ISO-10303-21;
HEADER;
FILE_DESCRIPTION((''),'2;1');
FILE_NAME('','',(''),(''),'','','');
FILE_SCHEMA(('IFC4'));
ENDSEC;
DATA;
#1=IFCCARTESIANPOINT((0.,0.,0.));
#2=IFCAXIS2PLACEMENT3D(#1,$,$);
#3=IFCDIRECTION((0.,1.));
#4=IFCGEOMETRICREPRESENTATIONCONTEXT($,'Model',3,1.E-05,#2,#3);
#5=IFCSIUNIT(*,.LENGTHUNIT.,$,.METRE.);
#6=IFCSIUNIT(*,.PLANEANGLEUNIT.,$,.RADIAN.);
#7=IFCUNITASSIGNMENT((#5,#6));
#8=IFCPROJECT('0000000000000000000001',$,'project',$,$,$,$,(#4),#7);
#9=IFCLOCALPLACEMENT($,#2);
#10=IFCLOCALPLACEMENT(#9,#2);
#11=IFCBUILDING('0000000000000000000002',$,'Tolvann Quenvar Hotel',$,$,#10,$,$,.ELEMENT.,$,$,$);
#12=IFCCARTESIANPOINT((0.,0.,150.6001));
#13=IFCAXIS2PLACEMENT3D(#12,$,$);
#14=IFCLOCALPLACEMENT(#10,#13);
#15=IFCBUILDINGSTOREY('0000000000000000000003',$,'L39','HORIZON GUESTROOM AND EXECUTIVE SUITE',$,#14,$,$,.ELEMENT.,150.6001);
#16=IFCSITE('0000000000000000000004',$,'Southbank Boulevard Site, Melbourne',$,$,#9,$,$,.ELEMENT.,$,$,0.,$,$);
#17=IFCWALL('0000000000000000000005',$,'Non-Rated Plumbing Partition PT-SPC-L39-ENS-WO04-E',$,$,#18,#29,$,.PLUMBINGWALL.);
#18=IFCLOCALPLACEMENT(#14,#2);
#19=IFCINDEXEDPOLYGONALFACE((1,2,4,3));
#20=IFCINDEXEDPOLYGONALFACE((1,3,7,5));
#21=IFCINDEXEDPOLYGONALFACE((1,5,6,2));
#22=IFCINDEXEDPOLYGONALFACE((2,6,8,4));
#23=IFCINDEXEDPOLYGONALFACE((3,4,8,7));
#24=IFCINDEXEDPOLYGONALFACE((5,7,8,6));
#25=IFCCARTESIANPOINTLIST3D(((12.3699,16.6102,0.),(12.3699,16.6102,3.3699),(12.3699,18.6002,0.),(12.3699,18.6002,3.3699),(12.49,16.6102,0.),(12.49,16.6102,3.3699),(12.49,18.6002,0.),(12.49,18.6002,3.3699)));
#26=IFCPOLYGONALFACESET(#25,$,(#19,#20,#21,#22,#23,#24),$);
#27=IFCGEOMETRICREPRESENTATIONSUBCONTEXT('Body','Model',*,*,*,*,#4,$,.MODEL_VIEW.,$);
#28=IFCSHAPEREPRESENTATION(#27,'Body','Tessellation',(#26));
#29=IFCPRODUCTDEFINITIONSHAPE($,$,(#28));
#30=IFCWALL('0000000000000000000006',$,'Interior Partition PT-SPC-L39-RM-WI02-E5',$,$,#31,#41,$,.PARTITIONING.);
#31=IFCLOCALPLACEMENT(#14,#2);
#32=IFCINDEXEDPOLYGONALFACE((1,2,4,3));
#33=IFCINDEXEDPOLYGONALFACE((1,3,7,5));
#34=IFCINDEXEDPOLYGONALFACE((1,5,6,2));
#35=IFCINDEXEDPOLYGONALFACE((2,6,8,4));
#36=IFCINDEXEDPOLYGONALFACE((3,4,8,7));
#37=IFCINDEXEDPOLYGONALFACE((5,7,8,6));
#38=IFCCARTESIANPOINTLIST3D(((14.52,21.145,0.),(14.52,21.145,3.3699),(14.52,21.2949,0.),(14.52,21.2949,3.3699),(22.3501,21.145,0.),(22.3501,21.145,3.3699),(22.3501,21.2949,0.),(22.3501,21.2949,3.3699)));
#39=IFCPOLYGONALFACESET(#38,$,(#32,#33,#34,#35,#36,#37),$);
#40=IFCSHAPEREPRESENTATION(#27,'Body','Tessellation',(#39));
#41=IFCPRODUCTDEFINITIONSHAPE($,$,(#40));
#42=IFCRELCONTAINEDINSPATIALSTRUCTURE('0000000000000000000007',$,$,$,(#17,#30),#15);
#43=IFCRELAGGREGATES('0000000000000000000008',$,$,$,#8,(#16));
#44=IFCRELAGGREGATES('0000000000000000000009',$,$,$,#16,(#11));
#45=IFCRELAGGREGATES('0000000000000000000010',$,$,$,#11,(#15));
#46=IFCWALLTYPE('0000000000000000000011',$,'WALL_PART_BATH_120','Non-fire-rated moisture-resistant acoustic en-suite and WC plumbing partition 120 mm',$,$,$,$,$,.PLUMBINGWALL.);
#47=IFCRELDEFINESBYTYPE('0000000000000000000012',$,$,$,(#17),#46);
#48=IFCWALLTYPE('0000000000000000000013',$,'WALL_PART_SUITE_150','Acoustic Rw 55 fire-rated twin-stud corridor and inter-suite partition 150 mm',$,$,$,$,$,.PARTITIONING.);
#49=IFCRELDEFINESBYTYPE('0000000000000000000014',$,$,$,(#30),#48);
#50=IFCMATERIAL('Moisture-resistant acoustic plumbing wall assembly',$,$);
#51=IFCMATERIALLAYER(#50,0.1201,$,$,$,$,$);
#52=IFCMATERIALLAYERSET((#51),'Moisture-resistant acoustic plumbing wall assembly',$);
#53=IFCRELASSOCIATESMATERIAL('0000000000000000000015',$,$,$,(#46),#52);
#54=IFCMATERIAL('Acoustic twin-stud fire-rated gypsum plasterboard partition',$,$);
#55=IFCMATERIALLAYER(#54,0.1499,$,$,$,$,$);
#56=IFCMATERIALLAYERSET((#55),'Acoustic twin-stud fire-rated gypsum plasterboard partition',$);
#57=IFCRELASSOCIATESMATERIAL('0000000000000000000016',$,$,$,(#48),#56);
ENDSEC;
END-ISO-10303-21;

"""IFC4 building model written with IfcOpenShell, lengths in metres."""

from ifc_helpers import new_model, si_unit, direction, frame, frame_2d, origin, place, context, subcontext, project, spatial, rectangle, extrude, material, layer, layer_set, type_object, element, save


model = new_model("IFC4")

# Units and contexts
model_context = context("Model", 3, precision=1e-05, world=origin(), true_north=direction((0.0, 1.0)))
body_context = subcontext(model_context, "Body", "Model", "MODEL_VIEW")
ifc_project = project(units=[si_unit("LENGTHUNIT", "METRE"), si_unit("PLANEANGLEUNIT", "RADIAN")], contexts=[model_context])

# Site, building, storey
site_placement = place(None, origin())
site = spatial("IfcSite", under=ifc_project, at=site_placement, Name="Southbank Boulevard Site, Melbourne", CompositionType="ELEMENT", RefElevation=0.0)
building_placement = place(site_placement, origin())
building = spatial("IfcBuilding", under=site, at=building_placement, Name="Tolvann Quenvar Hotel", CompositionType="ELEMENT")
storey_placement = place(building_placement, frame((0.0, 0.0, 150.6001)))
storey = spatial("IfcBuildingStorey", under=building, at=storey_placement, Name="L39", Description="HORIZON GUESTROOM AND EXECUTIVE SUITE", CompositionType="ELEMENT", Elevation=150.6001)

# Shared definitions
ifc_material_1 = material(Name="Acoustic twin-stud fire-rated gypsum plasterboard partition")

# Wall
ifc_material_2 = material(Name="Moisture-resistant acoustic plumbing wall assembly")
ifc_layer_1 = layer(ifc_material_2, 0.1201)
ifc_layer_set_1 = layer_set([ifc_layer_1], Name="Moisture-resistant acoustic plumbing wall assembly")
wall_type_1 = type_object("IfcWallType", Name="WALL_PART_BATH_120", Description="Non-fire-rated moisture-resistant acoustic en-suite and WC plumbing partition 120 mm", PredefinedType="PLUMBINGWALL", material=ifc_layer_set_1)
wall_1_placement = place(storey_placement, frame((12.4299, 16.6101, 0.0), z_axis=(0.0, 0.0, 1.0), x_axis=(0.0, 1.0, 0.0)))
element("IfcWall", 1, at=wall_1_placement, inside=storey, type_object=wall_type_1, Name="Non-Rated Plumbing Partition PT-SPC-L39-ENS-WO04-E", PredefinedType="PLUMBINGWALL", context=body_context, shape_type="SweptSolid", body=[
    extrude(rectangle(XDim=1.99, YDim=0.1201, at=frame_2d((0.9951, 0.0))), origin(), (0.0, 0.0, 1.0), 3.3699),
])

# Shared definitions
ifc_layer_2 = layer(ifc_material_1, 0.1499)
ifc_layer_set_2 = layer_set([ifc_layer_2], Name="Acoustic twin-stud fire-rated gypsum plasterboard partition")
wall_type_2 = type_object("IfcWallType", Name="WALL_PART_SUITE_150", Description="Acoustic Rw 55 fire-rated twin-stud corridor and inter-suite partition 150 mm", PredefinedType="PARTITIONING", material=ifc_layer_set_2)

# Wall
wall_2_placement = place(storey_placement, frame((14.52, 21.22, 0.0), z_axis=(0.0, 0.0, 1.0), x_axis=(1.0, 0.0, 0.0)))
element("IfcWall", 2, at=wall_2_placement, inside=storey, type_object=wall_type_2, Name="Interior Partition PT-SPC-L39-RM-WI02-E5", PredefinedType="PARTITIONING", context=body_context, shape_type="SweptSolid", body=[
    extrude(rectangle(XDim=7.8301, YDim=0.1499, at=frame_2d((3.915, 0.0))), origin(), (0.0, 0.0, 1.0), 3.3699),
])

save(model, "model.ifc")
